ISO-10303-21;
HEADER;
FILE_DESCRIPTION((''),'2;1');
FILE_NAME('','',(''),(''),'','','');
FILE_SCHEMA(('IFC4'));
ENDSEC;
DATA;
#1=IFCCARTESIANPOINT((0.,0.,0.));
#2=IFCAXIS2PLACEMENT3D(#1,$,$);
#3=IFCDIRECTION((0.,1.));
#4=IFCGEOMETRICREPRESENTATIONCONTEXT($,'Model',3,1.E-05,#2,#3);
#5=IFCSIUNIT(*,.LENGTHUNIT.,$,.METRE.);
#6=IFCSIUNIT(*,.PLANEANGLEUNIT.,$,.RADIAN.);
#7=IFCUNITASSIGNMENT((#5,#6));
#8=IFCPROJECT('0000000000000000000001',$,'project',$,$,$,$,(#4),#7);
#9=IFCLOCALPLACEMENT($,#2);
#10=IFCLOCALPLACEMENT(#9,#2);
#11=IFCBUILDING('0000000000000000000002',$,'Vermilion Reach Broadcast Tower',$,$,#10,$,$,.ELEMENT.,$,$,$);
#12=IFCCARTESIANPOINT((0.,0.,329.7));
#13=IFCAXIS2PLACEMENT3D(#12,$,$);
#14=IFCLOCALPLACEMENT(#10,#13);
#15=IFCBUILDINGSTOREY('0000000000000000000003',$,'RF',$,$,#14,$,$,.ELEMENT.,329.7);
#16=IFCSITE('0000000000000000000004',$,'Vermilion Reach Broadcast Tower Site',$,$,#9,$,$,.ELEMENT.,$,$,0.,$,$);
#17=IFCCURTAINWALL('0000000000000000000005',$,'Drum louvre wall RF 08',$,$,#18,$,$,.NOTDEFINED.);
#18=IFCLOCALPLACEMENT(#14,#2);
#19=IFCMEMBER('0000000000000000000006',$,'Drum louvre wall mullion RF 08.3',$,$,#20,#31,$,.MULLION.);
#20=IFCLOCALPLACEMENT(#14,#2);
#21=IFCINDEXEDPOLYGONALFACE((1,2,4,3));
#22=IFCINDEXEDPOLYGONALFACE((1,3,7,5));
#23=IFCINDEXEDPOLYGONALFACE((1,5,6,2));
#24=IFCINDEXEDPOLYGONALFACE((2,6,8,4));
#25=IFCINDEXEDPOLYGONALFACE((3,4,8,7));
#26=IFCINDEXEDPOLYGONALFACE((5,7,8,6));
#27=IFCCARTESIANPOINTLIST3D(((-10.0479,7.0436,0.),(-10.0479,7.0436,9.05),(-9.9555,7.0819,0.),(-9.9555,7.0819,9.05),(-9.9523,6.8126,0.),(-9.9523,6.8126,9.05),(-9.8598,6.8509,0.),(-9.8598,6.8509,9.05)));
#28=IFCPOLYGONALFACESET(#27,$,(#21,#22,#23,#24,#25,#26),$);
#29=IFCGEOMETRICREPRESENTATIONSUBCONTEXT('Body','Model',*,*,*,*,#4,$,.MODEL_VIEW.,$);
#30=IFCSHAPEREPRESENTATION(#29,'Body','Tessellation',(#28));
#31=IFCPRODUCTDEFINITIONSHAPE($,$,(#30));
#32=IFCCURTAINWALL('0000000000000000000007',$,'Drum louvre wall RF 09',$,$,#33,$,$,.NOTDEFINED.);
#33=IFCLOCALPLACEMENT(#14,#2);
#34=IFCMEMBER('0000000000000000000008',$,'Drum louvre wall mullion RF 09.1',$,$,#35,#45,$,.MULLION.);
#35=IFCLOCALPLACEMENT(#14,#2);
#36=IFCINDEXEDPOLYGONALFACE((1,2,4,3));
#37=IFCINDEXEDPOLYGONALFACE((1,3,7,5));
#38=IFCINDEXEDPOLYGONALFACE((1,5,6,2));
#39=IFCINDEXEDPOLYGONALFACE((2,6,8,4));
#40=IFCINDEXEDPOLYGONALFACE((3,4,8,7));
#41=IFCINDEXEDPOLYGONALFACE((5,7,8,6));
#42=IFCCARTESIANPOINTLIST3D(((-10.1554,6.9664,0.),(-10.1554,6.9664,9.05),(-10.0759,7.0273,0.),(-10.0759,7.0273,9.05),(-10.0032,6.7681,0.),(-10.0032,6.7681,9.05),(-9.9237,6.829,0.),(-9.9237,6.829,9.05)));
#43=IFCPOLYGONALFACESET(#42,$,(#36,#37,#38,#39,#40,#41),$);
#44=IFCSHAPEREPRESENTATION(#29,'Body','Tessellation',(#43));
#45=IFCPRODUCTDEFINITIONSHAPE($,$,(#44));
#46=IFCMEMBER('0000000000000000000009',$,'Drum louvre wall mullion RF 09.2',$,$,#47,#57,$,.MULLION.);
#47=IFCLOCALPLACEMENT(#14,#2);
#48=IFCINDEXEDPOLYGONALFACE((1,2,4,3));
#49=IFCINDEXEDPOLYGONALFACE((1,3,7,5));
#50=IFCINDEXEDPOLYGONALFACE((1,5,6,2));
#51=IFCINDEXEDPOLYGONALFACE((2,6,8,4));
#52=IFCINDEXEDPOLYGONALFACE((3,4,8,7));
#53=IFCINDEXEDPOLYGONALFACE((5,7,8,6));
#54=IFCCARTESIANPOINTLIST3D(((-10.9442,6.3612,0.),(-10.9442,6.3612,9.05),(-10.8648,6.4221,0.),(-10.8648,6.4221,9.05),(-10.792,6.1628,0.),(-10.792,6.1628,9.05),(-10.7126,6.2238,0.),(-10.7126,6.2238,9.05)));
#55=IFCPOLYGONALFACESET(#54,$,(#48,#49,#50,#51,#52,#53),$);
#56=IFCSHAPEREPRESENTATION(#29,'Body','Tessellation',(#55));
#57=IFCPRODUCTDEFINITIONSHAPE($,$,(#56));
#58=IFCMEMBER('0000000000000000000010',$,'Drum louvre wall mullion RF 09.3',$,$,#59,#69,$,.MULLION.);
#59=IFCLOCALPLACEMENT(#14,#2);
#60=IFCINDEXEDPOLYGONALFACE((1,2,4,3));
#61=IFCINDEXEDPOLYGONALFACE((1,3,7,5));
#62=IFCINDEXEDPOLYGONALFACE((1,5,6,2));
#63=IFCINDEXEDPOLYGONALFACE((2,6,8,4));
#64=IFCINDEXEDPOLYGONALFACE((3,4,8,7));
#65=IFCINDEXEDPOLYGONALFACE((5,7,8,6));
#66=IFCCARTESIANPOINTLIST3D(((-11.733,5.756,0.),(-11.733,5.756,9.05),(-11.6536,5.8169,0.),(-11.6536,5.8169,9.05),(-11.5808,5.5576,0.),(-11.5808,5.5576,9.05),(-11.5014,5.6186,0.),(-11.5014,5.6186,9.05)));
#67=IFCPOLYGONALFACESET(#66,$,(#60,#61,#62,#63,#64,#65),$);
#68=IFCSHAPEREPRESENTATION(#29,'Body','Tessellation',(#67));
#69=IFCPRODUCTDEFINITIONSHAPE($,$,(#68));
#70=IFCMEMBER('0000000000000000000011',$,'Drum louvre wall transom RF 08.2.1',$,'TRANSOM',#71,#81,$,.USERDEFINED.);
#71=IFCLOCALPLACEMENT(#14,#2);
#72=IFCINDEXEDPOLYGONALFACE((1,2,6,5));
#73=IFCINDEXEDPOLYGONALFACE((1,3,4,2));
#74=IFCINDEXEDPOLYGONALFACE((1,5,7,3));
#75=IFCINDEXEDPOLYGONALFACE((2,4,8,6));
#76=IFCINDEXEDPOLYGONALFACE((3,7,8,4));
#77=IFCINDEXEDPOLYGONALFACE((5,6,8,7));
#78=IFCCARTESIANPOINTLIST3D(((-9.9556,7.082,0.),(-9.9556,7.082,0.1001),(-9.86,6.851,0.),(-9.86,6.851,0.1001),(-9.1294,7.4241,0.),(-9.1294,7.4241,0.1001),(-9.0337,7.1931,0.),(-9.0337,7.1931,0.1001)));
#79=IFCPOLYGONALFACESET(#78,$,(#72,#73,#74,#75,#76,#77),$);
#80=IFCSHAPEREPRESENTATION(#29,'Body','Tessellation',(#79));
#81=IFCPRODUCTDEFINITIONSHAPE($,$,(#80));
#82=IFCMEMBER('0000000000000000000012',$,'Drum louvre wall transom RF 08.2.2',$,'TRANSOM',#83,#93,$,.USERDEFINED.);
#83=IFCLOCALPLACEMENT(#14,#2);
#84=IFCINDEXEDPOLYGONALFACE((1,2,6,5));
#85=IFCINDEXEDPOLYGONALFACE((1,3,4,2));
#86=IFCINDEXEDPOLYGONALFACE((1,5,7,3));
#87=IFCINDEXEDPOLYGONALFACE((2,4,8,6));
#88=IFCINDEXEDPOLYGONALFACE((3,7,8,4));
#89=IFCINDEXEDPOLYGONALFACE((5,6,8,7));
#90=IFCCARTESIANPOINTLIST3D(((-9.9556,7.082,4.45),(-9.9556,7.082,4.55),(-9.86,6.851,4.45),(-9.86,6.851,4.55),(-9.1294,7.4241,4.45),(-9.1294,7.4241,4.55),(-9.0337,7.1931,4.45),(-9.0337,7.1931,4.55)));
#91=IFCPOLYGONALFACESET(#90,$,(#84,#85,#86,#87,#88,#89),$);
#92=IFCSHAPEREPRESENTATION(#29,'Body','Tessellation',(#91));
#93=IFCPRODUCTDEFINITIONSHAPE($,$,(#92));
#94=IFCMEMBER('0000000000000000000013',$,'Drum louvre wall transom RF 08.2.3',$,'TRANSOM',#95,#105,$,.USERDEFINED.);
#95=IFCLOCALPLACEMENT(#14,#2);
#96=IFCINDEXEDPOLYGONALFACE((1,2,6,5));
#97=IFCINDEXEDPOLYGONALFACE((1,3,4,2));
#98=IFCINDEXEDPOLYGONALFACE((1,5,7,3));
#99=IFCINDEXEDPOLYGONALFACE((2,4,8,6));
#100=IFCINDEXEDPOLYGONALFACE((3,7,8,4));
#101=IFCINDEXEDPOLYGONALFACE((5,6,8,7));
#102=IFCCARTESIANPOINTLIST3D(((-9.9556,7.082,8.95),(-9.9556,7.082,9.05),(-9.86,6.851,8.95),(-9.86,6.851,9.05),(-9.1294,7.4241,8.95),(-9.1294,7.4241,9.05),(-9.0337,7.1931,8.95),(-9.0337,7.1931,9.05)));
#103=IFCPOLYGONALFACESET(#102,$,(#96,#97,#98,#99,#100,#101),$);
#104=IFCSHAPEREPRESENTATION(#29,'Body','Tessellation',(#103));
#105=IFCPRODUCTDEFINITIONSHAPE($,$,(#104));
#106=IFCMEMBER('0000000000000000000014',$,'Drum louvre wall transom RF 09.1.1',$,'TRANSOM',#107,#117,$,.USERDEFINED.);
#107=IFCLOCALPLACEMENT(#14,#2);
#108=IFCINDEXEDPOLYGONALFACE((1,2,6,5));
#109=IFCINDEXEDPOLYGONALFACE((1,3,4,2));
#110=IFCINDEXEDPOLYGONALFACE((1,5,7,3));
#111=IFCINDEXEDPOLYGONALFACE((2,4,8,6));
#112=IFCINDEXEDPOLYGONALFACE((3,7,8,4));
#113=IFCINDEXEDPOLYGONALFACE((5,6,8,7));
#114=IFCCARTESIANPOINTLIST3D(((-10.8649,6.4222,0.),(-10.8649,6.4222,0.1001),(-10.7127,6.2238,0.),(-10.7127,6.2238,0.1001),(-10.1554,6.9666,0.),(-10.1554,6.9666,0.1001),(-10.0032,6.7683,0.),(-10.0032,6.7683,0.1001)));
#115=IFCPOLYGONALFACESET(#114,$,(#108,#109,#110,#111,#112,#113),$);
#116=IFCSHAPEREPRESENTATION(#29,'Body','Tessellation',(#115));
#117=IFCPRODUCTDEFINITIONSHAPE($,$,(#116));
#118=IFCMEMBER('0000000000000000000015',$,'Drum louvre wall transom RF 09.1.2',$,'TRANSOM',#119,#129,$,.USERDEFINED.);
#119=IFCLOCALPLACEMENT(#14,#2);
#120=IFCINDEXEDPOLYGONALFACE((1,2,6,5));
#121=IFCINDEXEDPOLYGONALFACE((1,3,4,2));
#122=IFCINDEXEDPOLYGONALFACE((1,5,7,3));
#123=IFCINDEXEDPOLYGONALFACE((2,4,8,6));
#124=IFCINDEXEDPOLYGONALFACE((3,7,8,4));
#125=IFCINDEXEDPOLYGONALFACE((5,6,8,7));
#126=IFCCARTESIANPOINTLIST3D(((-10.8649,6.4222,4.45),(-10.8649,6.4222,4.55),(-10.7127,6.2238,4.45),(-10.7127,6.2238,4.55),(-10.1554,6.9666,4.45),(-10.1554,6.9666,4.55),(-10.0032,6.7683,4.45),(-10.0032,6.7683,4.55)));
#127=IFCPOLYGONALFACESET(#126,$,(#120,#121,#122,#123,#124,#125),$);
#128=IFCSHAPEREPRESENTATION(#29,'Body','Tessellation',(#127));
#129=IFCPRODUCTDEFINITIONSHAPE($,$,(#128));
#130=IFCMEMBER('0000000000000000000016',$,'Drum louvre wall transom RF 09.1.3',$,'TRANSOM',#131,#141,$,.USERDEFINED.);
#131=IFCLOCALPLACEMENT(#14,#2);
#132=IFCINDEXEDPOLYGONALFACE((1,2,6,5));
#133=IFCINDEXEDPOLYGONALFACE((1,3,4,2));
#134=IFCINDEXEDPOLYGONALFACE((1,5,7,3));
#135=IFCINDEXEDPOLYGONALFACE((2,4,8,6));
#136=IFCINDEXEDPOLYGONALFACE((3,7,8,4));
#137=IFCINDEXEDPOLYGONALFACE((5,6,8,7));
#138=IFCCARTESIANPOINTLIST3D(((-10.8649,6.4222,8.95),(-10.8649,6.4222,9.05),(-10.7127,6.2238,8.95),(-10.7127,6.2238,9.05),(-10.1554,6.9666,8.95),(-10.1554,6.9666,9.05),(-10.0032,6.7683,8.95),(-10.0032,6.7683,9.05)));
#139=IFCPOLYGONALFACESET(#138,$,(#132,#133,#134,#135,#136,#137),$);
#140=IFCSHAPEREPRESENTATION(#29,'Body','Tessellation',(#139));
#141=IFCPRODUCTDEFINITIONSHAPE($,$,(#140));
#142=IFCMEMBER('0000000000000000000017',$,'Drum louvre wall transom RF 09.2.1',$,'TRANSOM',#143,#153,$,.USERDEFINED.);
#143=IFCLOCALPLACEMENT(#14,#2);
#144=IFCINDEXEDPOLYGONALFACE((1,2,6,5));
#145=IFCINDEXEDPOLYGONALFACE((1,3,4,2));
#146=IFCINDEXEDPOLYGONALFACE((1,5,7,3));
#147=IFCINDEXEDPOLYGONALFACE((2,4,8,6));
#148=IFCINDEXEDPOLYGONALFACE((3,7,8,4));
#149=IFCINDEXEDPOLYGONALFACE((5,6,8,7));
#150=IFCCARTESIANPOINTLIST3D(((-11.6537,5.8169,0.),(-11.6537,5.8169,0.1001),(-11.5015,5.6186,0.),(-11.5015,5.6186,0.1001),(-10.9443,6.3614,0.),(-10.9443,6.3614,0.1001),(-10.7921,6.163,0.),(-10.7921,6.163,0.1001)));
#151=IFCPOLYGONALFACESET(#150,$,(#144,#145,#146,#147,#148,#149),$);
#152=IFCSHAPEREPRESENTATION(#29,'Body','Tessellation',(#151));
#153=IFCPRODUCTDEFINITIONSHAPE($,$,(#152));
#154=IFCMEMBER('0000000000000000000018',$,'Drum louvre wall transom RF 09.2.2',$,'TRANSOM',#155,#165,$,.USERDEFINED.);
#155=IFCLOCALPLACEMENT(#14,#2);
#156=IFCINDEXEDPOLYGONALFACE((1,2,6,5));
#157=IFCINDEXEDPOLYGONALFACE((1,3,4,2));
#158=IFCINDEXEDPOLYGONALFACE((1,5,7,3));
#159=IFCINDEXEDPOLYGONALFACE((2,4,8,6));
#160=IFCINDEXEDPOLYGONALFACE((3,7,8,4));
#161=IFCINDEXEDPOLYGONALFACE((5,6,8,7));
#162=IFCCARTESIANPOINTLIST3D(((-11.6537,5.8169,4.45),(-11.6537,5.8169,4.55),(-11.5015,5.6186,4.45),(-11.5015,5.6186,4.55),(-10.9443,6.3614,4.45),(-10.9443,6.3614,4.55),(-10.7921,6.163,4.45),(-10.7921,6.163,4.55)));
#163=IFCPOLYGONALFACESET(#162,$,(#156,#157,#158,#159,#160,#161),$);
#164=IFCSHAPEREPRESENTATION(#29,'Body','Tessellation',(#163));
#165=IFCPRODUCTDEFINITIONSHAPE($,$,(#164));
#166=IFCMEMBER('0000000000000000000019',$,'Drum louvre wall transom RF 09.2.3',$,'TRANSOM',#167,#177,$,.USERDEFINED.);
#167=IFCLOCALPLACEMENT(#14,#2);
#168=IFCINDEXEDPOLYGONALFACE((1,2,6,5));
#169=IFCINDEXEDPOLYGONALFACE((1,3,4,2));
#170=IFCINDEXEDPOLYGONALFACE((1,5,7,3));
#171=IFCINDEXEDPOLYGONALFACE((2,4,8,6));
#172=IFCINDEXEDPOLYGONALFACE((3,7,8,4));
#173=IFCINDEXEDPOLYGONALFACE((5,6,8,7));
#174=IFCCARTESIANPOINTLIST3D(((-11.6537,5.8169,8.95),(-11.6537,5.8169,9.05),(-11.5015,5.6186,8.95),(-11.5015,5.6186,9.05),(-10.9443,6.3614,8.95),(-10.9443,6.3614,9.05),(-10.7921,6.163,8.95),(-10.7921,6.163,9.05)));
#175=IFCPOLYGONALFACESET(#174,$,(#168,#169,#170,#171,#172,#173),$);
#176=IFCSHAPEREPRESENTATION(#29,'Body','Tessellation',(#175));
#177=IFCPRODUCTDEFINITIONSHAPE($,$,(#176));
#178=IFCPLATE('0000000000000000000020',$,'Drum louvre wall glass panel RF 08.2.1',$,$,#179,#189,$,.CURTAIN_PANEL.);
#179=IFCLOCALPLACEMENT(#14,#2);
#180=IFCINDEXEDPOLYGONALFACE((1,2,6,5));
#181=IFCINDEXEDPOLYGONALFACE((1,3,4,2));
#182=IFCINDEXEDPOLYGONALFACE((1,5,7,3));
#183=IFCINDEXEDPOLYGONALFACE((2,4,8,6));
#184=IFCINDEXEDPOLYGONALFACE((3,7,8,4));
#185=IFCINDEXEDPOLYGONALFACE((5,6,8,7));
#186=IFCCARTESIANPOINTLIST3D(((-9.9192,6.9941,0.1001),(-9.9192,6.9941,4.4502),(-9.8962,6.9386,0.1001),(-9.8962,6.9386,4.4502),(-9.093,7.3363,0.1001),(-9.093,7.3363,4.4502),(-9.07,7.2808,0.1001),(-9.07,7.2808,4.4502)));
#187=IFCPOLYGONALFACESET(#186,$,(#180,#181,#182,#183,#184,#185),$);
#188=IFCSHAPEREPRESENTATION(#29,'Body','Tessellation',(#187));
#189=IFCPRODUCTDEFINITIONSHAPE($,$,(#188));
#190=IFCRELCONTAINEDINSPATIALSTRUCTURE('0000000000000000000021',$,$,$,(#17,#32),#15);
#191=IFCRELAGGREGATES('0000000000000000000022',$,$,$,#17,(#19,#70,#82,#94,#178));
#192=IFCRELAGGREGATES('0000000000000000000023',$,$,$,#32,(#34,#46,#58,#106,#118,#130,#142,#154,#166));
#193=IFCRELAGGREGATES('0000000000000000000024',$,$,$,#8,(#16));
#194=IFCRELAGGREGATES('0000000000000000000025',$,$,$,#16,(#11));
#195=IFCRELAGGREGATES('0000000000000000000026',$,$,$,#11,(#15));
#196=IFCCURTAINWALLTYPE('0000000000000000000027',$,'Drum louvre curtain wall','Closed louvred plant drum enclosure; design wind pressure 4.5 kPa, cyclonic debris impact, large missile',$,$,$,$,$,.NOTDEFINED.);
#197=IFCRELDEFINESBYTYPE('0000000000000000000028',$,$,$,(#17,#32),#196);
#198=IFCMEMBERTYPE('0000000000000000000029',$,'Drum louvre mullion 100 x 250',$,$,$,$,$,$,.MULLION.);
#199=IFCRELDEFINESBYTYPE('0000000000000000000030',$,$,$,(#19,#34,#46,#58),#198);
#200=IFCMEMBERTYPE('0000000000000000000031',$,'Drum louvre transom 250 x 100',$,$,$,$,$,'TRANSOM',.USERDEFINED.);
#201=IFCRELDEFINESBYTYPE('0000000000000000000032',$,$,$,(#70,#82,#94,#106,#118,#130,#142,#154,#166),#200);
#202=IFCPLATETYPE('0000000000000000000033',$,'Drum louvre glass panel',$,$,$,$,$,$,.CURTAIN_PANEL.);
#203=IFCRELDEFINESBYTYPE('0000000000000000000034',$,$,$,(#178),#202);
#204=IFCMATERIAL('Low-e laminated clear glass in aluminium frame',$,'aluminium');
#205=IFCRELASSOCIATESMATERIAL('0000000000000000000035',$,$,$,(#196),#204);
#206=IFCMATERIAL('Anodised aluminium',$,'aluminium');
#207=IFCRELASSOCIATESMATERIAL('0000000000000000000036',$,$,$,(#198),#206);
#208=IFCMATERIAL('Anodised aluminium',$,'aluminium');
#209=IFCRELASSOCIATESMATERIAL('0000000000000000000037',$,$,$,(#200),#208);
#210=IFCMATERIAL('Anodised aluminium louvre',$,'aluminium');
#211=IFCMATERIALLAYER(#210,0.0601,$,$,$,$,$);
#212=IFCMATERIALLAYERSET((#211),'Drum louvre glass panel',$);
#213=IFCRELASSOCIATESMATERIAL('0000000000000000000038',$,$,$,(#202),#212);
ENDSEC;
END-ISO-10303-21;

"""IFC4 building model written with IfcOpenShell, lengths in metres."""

from ifc_helpers import new_model, si_unit, direction, frame, origin, origin_2d, place, context, subcontext, project, spatial, rectangle, extrude, material, layer, layer_set, material_profile, profile_set, type_object, element, aggregate, save


model = new_model("IFC4")

# Units and contexts
model_context = context("Model", 3, precision=1e-05, world=origin(), true_north=direction((0.0, 1.0)))
body_context = subcontext(model_context, "Body", "Model", "MODEL_VIEW")
ifc_project = project(units=[si_unit("LENGTHUNIT", "METRE"), si_unit("PLANEANGLEUNIT", "RADIAN")], contexts=[model_context])

# Site, building, storey
site_placement = place(None, origin())
site = spatial("IfcSite", under=ifc_project, at=site_placement, Name="Vermilion Reach Broadcast Tower Site", CompositionType="ELEMENT", RefElevation=0.0)
building_placement = place(site_placement, origin())
building = spatial("IfcBuilding", under=site, at=building_placement, Name="Vermilion Reach Broadcast Tower", CompositionType="ELEMENT")
storey_placement = place(building_placement, frame((0.0, 0.0, 329.7)))
storey = spatial("IfcBuildingStorey", under=building, at=storey_placement, Name="RF", CompositionType="ELEMENT", Elevation=329.7)

# Curtain wall, member
ifc_material_1 = material(Name="Low-e laminated clear glass in aluminium frame", Category="aluminium")
curtain_wall_type = type_object("IfcCurtainWallType", Name="Drum louvre curtain wall", Description="Closed louvred plant drum enclosure; design wind pressure 4.5 kPa, cyclonic debris impact, large missile", PredefinedType="NOTDEFINED", material=ifc_material_1)
placement = place(storey_placement, origin())
curtain_wall_1 = element("IfcCurtainWall", 1, at=placement, inside=storey, type_object=curtain_wall_type, Name="Drum louvre wall RF 08", PredefinedType="NOTDEFINED")
ifc_material_2 = material(Name="Anodised aluminium", Category="aluminium")
ifc_material_profile_1 = material_profile(ifc_material_2, rectangle(XDim=0.25, YDim=0.1001, at=origin_2d()), Name="Drum louvre mullion 100 x 250")
ifc_profile_set_1 = profile_set([ifc_material_profile_1], Name="Anodised aluminium")
member_type_1 = type_object("IfcMemberType", Name="Drum louvre mullion 100 x 250", PredefinedType="MULLION", material=ifc_profile_set_1)
member_1_placement = place(storey_placement, frame((-9.9539, 6.9473, 0.0), z_axis=(0.0, 0.0, 1.0), x_axis=(0.382683, -0.92388, 0.0)))
member_1 = element("IfcMember", 2, at=member_1_placement, type_object=member_type_1, Name="Drum louvre wall mullion RF 08.3", PredefinedType="MULLION", context=body_context, shape_type="SweptSolid", body=[
    extrude(rectangle(XDim=0.25, YDim=0.1001, at=origin_2d()), origin(), (0.0, 0.0, 1.0), 9.05),
])

# Curtain wall, members
curtain_wall_2 = element("IfcCurtainWall", 3, at=placement, inside=storey, type_object=curtain_wall_type, Name="Drum louvre wall RF 09", PredefinedType="NOTDEFINED")
member_2_placement = place(storey_placement, frame((-10.0396, 6.8977, 0.0), z_axis=(0.0, 0.0, 1.0), x_axis=(0.608761, -0.793353, 0.0)))
member_2 = element("IfcMember", 4, at=member_2_placement, type_object=member_type_1, Name="Drum louvre wall mullion RF 09.1", PredefinedType="MULLION", context=body_context, shape_type="SweptSolid", body=[
    extrude(rectangle(XDim=0.25, YDim=0.1001, at=origin_2d()), origin(), (0.0, 0.0, 1.0), 9.05),
])
member_3_placement = place(storey_placement, frame((-10.8284, 6.2925, 0.0), z_axis=(0.0, 0.0, 1.0), x_axis=(0.608761, -0.793353, 0.0)))
member_3 = element("IfcMember", 5, at=member_3_placement, type_object=member_type_1, Name="Drum louvre wall mullion RF 09.2", PredefinedType="MULLION", context=body_context, shape_type="SweptSolid", body=[
    extrude(rectangle(XDim=0.25, YDim=0.1001, at=origin_2d()), origin(), (0.0, 0.0, 1.0), 9.05),
])
member_4_placement = place(storey_placement, frame((-11.6172, 5.6873, 0.0), z_axis=(0.0, 0.0, 1.0), x_axis=(0.608761, -0.793353, 0.0)))
member_4 = element("IfcMember", 6, at=member_4_placement, type_object=member_type_1, Name="Drum louvre wall mullion RF 09.3", PredefinedType="MULLION", context=body_context, shape_type="SweptSolid", body=[
    extrude(rectangle(XDim=0.25, YDim=0.1001, at=origin_2d()), origin(), (0.0, 0.0, 1.0), 9.05),
])

# Members
ifc_material_3 = material(Name="Anodised aluminium", Category="aluminium")
ifc_material_profile_2 = material_profile(ifc_material_3, rectangle(XDim=0.25, YDim=0.1001, at=origin_2d()), Name="Drum louvre transom 250 x 100")
ifc_profile_set_2 = profile_set([ifc_material_profile_2], Name="Anodised aluminium")
member_type_2 = type_object("IfcMemberType", Name="Drum louvre transom 250 x 100", ElementType="TRANSOM", PredefinedType="USERDEFINED", material=ifc_profile_set_2)
member_5_placement = place(storey_placement, frame((-9.0815, 7.3086, 0.05), z_axis=(-0.923947, -0.382521, 0.0), x_axis=(0.382521, -0.923947, 0.0)))
member_5 = element("IfcMember", 7, at=member_5_placement, type_object=member_type_2, Name="Drum louvre wall transom RF 08.2.1", ObjectType="TRANSOM", PredefinedType="USERDEFINED", context=body_context, shape_type="SweptSolid", body=[
    extrude(rectangle(XDim=0.25, YDim=0.1001, at=origin_2d()), origin(), (0.0, 0.0, 1.0), 0.8943),
])
member_6_placement = place(storey_placement, frame((-9.0815, 7.3086, 4.5), z_axis=(-0.923947, -0.382521, 0.0), x_axis=(0.382521, -0.923947, 0.0)))
member_6 = element("IfcMember", 8, at=member_6_placement, type_object=member_type_2, Name="Drum louvre wall transom RF 08.2.2", ObjectType="TRANSOM", PredefinedType="USERDEFINED", context=body_context, shape_type="SweptSolid", body=[
    extrude(rectangle(XDim=0.25, YDim=0.1001, at=origin_2d()), origin(), (0.0, 0.0, 1.0), 0.8943),
])
member_7_placement = place(storey_placement, frame((-9.0815, 7.3086, 9.0), z_axis=(-0.923947, -0.382521, 0.0), x_axis=(0.382521, -0.923947, 0.0)))
member_7 = element("IfcMember", 9, at=member_7_placement, type_object=member_type_2, Name="Drum louvre wall transom RF 08.2.3", ObjectType="TRANSOM", PredefinedType="USERDEFINED", context=body_context, shape_type="SweptSolid", body=[
    extrude(rectangle(XDim=0.25, YDim=0.1001, at=origin_2d()), origin(), (0.0, 0.0, 1.0), 0.8943),
])
member_8_placement = place(storey_placement, frame((-10.0793, 6.8674, 0.05), z_axis=(-0.793334, -0.608787, 0.0), x_axis=(0.608787, -0.793334, 0.0)))
member_8 = element("IfcMember", 10, at=member_8_placement, type_object=member_type_2, Name="Drum louvre wall transom RF 09.1.1", ObjectType="TRANSOM", PredefinedType="USERDEFINED", context=body_context, shape_type="SweptSolid", body=[
    extrude(rectangle(XDim=0.25, YDim=0.1001, at=origin_2d()), origin(), (0.0, 0.0, 1.0), 0.8943),
])
member_9_placement = place(storey_placement, frame((-10.0793, 6.8674, 4.5), z_axis=(-0.793334, -0.608787, 0.0), x_axis=(0.608787, -0.793334, 0.0)))
member_9 = element("IfcMember", 11, at=member_9_placement, type_object=member_type_2, Name="Drum louvre wall transom RF 09.1.2", ObjectType="TRANSOM", PredefinedType="USERDEFINED", context=body_context, shape_type="SweptSolid", body=[
    extrude(rectangle(XDim=0.25, YDim=0.1001, at=origin_2d()), origin(), (0.0, 0.0, 1.0), 0.8943),
])
member_10_placement = place(storey_placement, frame((-10.0793, 6.8674, 9.0), z_axis=(-0.793334, -0.608787, 0.0), x_axis=(0.608787, -0.793334, 0.0)))
member_10 = element("IfcMember", 12, at=member_10_placement, type_object=member_type_2, Name="Drum louvre wall transom RF 09.1.3", ObjectType="TRANSOM", PredefinedType="USERDEFINED", context=body_context, shape_type="SweptSolid", body=[
    extrude(rectangle(XDim=0.25, YDim=0.1001, at=origin_2d()), origin(), (0.0, 0.0, 1.0), 0.8943),
])
member_11_placement = place(storey_placement, frame((-10.8682, 6.2622, 0.05), z_axis=(-0.793334, -0.608787, 0.0), x_axis=(0.608787, -0.793334, 0.0)))
member_11 = element("IfcMember", 13, at=member_11_placement, type_object=member_type_2, Name="Drum louvre wall transom RF 09.2.1", ObjectType="TRANSOM", PredefinedType="USERDEFINED", context=body_context, shape_type="SweptSolid", body=[
    extrude(rectangle(XDim=0.25, YDim=0.1001, at=origin_2d()), origin(), (0.0, 0.0, 1.0), 0.8943),
])
member_12_placement = place(storey_placement, frame((-10.8682, 6.2622, 4.5), z_axis=(-0.793334, -0.608787, 0.0), x_axis=(0.608787, -0.793334, 0.0)))
member_12 = element("IfcMember", 14, at=member_12_placement, type_object=member_type_2, Name="Drum louvre wall transom RF 09.2.2", ObjectType="TRANSOM", PredefinedType="USERDEFINED", context=body_context, shape_type="SweptSolid", body=[
    extrude(rectangle(XDim=0.25, YDim=0.1001, at=origin_2d()), origin(), (0.0, 0.0, 1.0), 0.8943),
])
member_13_placement = place(storey_placement, frame((-10.8682, 6.2622, 9.0), z_axis=(-0.793334, -0.608787, 0.0), x_axis=(0.608787, -0.793334, 0.0)))
member_13 = element("IfcMember", 15, at=member_13_placement, type_object=member_type_2, Name="Drum louvre wall transom RF 09.2.3", ObjectType="TRANSOM", PredefinedType="USERDEFINED", context=body_context, shape_type="SweptSolid", body=[
    extrude(rectangle(XDim=0.25, YDim=0.1001, at=origin_2d()), origin(), (0.0, 0.0, 1.0), 0.8943),
])

# Plate
ifc_material_4 = material(Name="Anodised aluminium louvre", Category="aluminium")
ifc_layer_1 = layer(ifc_material_4, 0.0601)
ifc_layer_set_1 = layer_set([ifc_layer_1], Name="Drum louvre glass panel")
plate_type = type_object("IfcPlateType", Name="Drum louvre glass panel", PredefinedType="CURTAIN_PANEL", material=ifc_layer_set_1)
plate_1_placement = place(storey_placement, frame((-9.4946, 7.1375, 0.1001), z_axis=(0.0, 0.0, 1.0), x_axis=(-0.92388, -0.382683, 0.0)))
plate_1 = element("IfcPlate", 16, at=plate_1_placement, type_object=plate_type, Name="Drum louvre wall glass panel RF 08.2.1", PredefinedType="CURTAIN_PANEL", context=body_context, shape_type="SweptSolid", body=[
    extrude(rectangle(XDim=0.8943, YDim=0.0601, at=origin_2d()), origin(), (0.0, 0.0, 1.0), 4.3501),
])
aggregate(curtain_wall_1, [member_1, member_5, member_6, member_7, plate_1])
aggregate(curtain_wall_2, [member_2, member_3, member_4, member_8, member_9, member_10, member_11, member_12, member_13])

save(model, "model.ifc")
